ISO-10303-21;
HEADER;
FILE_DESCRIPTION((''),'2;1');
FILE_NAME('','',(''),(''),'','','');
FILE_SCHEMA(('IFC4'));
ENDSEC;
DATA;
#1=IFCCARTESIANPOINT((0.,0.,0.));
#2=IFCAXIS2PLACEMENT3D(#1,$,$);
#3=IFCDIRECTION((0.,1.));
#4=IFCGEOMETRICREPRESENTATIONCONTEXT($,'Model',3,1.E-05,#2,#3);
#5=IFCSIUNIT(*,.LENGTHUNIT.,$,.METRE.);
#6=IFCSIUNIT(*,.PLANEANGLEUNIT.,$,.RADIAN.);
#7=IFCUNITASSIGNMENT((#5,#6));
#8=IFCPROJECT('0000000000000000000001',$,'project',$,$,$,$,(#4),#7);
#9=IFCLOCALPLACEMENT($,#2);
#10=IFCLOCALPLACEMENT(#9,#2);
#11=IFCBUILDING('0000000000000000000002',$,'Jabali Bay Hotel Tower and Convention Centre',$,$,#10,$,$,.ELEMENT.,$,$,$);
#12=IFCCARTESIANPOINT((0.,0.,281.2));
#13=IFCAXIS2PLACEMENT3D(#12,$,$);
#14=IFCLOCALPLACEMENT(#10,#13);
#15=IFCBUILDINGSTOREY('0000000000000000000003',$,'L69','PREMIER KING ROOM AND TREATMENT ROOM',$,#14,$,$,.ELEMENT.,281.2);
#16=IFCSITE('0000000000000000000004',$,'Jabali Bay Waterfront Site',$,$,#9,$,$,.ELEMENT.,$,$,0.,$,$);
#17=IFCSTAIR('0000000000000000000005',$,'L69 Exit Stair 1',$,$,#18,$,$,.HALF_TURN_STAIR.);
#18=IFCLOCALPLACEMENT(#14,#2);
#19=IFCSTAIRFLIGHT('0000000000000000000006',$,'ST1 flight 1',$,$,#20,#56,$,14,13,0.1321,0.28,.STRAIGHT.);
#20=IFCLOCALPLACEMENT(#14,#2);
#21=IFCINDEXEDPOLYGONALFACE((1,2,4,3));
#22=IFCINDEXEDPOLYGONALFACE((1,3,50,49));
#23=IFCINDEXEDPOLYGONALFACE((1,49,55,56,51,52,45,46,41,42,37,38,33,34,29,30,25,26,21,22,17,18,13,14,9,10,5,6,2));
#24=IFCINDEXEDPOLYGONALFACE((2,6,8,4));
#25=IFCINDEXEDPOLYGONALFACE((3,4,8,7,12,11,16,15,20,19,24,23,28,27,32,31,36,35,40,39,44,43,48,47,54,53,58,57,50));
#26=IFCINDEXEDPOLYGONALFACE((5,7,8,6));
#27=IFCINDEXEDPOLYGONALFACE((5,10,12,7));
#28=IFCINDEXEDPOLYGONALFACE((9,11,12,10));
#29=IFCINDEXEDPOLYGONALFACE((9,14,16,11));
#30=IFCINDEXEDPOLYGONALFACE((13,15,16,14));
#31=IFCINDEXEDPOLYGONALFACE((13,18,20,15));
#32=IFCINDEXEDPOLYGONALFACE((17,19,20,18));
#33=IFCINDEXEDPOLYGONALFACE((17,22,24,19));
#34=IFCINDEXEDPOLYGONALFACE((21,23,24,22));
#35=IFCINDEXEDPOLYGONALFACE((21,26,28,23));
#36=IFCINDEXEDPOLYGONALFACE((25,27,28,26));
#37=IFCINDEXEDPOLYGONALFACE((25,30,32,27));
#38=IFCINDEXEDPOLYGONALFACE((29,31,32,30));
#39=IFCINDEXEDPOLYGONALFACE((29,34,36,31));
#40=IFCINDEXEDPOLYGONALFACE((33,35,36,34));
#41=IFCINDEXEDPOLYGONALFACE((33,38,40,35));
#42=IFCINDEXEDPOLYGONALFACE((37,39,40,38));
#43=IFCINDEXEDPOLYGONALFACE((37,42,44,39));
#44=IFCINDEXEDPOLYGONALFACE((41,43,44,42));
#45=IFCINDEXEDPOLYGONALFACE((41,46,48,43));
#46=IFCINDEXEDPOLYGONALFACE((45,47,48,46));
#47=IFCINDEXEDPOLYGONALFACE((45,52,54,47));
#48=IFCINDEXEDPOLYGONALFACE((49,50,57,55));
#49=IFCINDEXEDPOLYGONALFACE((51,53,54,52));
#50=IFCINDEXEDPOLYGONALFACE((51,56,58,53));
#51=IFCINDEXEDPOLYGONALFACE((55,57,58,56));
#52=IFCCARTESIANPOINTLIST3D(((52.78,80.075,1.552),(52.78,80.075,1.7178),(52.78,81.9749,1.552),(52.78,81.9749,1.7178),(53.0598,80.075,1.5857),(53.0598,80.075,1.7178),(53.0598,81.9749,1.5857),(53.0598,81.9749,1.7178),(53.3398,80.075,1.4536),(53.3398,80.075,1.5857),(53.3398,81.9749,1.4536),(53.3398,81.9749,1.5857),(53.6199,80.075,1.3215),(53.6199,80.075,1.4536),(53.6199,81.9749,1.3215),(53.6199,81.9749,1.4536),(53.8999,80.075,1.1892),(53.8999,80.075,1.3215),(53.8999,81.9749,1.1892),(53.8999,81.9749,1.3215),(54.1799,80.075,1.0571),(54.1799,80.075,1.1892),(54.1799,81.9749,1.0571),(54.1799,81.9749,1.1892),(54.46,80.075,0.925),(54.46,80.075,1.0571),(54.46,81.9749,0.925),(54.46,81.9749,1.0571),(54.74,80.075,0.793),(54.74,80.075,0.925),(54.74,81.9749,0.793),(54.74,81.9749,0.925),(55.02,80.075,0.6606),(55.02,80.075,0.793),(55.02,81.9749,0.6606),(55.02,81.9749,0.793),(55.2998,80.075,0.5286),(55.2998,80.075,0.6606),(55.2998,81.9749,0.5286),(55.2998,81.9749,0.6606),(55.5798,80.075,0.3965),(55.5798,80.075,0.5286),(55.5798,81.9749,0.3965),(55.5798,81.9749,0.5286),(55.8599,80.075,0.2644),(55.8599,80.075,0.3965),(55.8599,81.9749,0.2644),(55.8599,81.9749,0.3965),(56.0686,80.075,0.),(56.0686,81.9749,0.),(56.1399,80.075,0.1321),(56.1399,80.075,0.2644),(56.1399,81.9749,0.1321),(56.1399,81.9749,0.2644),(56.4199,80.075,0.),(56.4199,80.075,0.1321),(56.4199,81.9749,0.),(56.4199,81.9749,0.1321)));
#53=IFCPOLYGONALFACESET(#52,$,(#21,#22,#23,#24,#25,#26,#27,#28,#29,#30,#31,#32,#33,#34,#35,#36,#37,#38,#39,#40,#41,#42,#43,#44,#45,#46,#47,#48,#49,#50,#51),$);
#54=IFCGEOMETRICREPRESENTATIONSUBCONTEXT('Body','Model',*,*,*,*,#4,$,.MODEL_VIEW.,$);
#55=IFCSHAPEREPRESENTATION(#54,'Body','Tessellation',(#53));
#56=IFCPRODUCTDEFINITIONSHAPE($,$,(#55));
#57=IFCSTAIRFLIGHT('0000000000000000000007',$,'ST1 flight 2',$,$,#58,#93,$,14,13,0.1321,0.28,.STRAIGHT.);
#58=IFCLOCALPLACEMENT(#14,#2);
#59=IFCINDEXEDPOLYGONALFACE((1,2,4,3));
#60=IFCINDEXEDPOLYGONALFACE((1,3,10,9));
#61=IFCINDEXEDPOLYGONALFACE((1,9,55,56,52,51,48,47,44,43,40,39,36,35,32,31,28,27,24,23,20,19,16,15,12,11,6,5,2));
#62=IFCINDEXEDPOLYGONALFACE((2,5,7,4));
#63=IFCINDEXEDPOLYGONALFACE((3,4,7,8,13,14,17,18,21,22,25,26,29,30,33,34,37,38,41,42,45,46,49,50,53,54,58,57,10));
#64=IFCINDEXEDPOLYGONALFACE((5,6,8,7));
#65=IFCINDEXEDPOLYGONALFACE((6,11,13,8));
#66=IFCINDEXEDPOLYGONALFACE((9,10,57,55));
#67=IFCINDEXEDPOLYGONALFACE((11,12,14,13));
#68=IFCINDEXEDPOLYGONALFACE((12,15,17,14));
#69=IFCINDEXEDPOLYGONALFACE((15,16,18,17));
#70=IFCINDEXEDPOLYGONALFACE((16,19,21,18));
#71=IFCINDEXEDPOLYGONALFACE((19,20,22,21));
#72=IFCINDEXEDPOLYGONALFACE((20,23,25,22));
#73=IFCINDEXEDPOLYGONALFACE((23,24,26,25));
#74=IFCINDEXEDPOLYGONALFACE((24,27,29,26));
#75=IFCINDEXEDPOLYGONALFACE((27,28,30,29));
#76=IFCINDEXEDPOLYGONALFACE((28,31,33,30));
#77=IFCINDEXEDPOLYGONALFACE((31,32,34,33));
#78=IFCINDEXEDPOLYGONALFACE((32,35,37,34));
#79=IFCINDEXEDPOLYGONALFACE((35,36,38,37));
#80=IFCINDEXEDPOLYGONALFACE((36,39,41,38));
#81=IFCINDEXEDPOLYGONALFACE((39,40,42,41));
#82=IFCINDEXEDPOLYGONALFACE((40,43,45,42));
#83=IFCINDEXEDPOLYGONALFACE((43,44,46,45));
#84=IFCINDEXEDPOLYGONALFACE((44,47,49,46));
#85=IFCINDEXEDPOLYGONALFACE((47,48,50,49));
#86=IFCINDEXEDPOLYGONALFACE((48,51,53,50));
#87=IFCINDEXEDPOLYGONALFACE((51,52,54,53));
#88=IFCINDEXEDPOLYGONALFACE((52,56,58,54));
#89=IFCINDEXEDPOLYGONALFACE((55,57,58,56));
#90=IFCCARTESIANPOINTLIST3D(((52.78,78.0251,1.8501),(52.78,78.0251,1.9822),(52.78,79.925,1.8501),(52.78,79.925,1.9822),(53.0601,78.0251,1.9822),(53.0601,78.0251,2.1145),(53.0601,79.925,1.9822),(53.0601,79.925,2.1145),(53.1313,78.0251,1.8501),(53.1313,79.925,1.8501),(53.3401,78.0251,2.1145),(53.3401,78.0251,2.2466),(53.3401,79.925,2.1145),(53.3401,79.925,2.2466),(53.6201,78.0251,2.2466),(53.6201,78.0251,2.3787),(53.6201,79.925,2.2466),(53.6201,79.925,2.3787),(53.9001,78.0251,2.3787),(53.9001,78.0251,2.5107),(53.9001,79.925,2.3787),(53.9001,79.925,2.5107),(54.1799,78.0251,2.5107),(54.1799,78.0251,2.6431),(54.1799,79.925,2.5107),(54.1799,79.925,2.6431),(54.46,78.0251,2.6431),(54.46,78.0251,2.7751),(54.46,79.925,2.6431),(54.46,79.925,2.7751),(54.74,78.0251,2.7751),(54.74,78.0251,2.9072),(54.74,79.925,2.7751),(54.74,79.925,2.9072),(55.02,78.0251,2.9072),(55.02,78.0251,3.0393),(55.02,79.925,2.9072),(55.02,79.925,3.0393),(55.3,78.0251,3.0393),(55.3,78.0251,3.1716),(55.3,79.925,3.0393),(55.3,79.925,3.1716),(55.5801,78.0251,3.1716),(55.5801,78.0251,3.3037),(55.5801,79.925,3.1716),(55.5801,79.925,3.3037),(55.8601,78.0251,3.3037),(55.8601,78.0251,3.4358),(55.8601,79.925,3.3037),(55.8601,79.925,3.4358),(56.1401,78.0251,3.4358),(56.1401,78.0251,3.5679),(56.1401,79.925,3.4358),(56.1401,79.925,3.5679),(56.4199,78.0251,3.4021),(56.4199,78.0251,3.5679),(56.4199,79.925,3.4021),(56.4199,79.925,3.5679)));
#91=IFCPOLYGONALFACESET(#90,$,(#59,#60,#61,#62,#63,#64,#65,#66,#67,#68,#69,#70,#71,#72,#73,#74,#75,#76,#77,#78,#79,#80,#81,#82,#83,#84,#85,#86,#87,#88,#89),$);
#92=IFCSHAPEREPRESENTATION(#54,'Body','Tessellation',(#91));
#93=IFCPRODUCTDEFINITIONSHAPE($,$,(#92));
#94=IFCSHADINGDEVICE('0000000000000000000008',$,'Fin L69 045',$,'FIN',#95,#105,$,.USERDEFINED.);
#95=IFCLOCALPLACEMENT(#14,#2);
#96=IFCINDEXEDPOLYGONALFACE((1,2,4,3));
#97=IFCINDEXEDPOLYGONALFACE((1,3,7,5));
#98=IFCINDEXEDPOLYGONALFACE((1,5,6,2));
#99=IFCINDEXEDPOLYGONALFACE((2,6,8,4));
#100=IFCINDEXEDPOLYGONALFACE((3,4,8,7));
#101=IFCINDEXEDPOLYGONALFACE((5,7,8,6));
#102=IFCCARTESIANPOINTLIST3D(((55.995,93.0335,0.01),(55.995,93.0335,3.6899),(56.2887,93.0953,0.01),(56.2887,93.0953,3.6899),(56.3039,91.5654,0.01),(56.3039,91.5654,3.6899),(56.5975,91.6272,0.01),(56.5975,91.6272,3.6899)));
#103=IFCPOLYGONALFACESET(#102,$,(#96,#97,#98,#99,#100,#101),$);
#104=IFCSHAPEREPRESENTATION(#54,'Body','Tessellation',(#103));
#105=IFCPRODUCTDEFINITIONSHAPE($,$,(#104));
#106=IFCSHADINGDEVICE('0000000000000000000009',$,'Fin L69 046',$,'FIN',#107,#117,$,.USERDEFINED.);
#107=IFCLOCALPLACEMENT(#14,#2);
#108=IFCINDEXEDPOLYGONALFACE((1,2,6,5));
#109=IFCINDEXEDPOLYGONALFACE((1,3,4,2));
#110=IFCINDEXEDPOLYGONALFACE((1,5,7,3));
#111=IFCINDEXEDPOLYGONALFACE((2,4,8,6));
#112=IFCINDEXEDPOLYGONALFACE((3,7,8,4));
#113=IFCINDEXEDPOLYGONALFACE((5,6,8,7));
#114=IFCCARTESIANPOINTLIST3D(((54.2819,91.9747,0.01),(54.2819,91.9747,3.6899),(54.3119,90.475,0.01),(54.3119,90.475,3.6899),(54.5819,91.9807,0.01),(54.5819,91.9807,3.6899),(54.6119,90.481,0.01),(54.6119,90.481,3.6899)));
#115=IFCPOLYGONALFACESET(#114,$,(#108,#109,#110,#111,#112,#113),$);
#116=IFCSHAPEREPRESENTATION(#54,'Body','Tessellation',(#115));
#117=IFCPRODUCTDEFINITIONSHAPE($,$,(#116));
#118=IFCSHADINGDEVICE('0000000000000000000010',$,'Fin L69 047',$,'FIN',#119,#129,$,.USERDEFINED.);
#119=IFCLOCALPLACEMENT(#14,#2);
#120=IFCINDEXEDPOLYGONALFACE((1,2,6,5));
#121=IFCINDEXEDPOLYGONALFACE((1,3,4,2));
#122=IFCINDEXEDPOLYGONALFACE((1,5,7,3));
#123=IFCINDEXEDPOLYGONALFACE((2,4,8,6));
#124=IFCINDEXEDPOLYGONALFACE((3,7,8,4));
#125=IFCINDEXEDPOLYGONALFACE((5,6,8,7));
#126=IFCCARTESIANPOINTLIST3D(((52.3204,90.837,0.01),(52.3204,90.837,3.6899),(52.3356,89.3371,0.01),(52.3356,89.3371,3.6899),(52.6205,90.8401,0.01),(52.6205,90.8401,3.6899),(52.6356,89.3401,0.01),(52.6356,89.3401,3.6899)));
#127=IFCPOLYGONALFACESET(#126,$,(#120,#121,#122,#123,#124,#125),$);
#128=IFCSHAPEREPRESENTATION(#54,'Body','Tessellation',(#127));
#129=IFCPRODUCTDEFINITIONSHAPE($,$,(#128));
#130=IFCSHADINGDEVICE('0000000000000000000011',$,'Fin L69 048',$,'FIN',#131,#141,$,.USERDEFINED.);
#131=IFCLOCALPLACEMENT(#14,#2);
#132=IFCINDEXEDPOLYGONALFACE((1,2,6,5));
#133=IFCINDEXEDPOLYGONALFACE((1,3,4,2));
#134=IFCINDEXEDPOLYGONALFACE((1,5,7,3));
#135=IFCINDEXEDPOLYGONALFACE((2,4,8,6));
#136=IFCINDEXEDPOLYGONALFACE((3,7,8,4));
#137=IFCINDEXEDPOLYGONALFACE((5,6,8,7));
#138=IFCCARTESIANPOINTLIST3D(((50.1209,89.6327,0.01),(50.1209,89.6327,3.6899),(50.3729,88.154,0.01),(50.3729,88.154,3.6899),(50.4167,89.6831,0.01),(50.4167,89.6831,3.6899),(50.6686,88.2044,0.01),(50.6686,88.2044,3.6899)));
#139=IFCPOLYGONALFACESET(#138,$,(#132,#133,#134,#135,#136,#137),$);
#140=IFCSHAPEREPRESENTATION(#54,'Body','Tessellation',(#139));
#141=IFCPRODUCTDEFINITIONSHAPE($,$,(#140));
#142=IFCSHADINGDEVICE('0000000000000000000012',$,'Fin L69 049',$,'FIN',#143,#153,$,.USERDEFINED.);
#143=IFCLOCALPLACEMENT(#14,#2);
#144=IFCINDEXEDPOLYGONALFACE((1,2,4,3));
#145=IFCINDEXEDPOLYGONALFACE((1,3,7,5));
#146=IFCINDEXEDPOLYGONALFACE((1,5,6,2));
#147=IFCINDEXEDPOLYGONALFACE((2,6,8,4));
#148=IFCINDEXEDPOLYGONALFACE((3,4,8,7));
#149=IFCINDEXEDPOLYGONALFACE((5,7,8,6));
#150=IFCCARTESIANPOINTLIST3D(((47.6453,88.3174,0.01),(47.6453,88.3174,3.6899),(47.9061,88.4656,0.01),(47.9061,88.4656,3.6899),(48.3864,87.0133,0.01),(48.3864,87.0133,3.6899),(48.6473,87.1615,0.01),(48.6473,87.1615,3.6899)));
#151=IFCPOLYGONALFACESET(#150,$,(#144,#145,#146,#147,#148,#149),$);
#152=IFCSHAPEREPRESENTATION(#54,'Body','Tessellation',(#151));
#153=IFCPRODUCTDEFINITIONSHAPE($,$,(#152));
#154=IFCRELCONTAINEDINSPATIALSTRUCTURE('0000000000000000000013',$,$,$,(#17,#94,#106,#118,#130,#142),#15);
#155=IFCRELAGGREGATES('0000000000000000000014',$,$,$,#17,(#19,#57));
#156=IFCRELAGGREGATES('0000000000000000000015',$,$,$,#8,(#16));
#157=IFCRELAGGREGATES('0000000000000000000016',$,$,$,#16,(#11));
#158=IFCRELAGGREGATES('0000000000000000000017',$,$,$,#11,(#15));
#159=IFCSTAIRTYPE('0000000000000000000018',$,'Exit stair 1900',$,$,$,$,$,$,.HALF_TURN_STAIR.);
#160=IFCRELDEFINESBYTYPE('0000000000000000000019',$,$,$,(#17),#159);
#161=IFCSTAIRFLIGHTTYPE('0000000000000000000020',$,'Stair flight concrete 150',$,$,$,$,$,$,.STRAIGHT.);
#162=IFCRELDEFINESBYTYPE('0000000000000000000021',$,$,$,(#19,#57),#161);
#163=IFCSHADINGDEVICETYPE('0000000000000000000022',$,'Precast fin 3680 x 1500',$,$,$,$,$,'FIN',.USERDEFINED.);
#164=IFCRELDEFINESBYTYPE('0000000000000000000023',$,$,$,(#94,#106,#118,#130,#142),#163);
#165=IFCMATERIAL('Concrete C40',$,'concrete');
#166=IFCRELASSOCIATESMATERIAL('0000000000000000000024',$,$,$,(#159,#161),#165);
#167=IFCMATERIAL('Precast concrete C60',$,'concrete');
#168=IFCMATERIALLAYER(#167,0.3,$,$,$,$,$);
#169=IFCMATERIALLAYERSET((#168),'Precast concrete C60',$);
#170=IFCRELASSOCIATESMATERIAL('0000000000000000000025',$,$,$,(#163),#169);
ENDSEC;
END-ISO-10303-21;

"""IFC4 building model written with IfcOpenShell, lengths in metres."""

from ifc_helpers import new_model, si_unit, direction, frame, frame_2d, origin, place, context, subcontext, project, spatial, polyline, rectangle, outline, extrude, material, layer, layer_set, type_object, element, aggregate, save


model = new_model("IFC4")

# Units and contexts
model_context = context("Model", 3, precision=1e-05, world=origin(), true_north=direction((0.0, 1.0)))
body_context = subcontext(model_context, "Body", "Model", "MODEL_VIEW")
ifc_project = project(units=[si_unit("LENGTHUNIT", "METRE"), si_unit("PLANEANGLEUNIT", "RADIAN")], contexts=[model_context])

# Site, building, storey
site_placement = place(None, origin())
site = spatial("IfcSite", under=ifc_project, at=site_placement, Name="Jabali Bay Waterfront Site", CompositionType="ELEMENT", RefElevation=0.0)
building_placement = place(site_placement, origin())
building = spatial("IfcBuilding", under=site, at=building_placement, Name="Jabali Bay Hotel Tower and Convention Centre", CompositionType="ELEMENT")
storey_placement = place(building_placement, frame((0.0, 0.0, 281.2)))
storey = spatial("IfcBuildingStorey", under=building, at=storey_placement, Name="L69", Description="PREMIER KING ROOM AND TREATMENT ROOM", CompositionType="ELEMENT", Elevation=281.2)

# Shared definitions
ifc_material_1 = material(Name="Concrete C40", Category="concrete")

# Stair, stair flights
stair_type = type_object("IfcStairType", Name="Exit stair 1900", PredefinedType="HALF_TURN_STAIR", material=ifc_material_1)
stair_placement = place(storey_placement, origin())
stair = element("IfcStair", 1, at=stair_placement, inside=storey, type_object=stair_type, Name="L69 Exit Stair 1", PredefinedType="HALF_TURN_STAIR")
stair_flight_type = type_object("IfcStairFlightType", Name="Stair flight concrete 150", PredefinedType="STRAIGHT", material=ifc_material_1)
stair_flight_1_placement = place(storey_placement, frame((56.4199, 81.0249, 0.0), z_axis=(0.0, 0.0, 1.0), x_axis=(-1.0, 0.0, 0.0)))
stair_flight_1 = element("IfcStairFlight", 2, at=stair_flight_1_placement, type_object=stair_flight_type, Name="ST1 flight 1", NumberOfRisers=14, NumberOfTreads=13, PredefinedType="STRAIGHT", RiserHeight=0.1321, TreadLength=0.28, context=body_context, shape_type="SweptSolid", body=[
    extrude(outline(polyline([(0.0, 0.0), (0.0, 0.1321), (0.28, 0.1321), (0.28, 0.2644), (0.5601, 0.2644), (0.5601, 0.3965), (0.8401, 0.3965), (0.8401, 0.5286), (1.1201, 0.5286), (1.1201, 0.6606), (1.3999, 0.6606), (1.3999, 0.793), (1.6799, 0.793), (1.6799, 0.925), (1.96, 0.925), (1.96, 1.0571), (2.24, 1.0571), (2.24, 1.1892), (2.52, 1.1892), (2.52, 1.3215), (2.8, 1.3215), (2.8, 1.4536), (3.0801, 1.4536), (3.0801, 1.5857), (3.3601, 1.5857), (3.3601, 1.7178), (3.6399, 1.7178), (3.6399, 1.8501), (3.6399, 1.552), (0.3513, 0.0), (0.0, 0.0)])), frame((0.0, 0.95, 0.0), z_axis=(0.0, -1.0, 0.0), x_axis=(1.0, 0.0, 0.0)), (0.0, 0.0, 1.0), 1.8999),
])
stair_flight_2_placement = place(storey_placement, frame((52.78, 78.9751, 1.8501), z_axis=(0.0, 0.0, 1.0), x_axis=(1.0, 0.0, 0.0)))
stair_flight_2 = element("IfcStairFlight", 3, at=stair_flight_2_placement, type_object=stair_flight_type, Name="ST1 flight 2", NumberOfRisers=14, NumberOfTreads=13, PredefinedType="STRAIGHT", RiserHeight=0.1321, TreadLength=0.28, context=body_context, shape_type="SweptSolid", body=[
    extrude(outline(polyline([(0.0, 0.0), (0.0, 0.1321), (0.28, 0.1321), (0.28, 0.2644), (0.5601, 0.2644), (0.5601, 0.3965), (0.8401, 0.3965), (0.8401, 0.5286), (1.1201, 0.5286), (1.1201, 0.6606), (1.3999, 0.6606), (1.3999, 0.793), (1.6799, 0.793), (1.6799, 0.925), (1.96, 0.925), (1.96, 1.0571), (2.24, 1.0571), (2.24, 1.1892), (2.52, 1.1892), (2.52, 1.3215), (2.8, 1.3215), (2.8, 1.4536), (3.0801, 1.4536), (3.0801, 1.5857), (3.3601, 1.5857), (3.3601, 1.7178), (3.6399, 1.7178), (3.6399, 1.8501), (3.6399, 1.552), (0.3513, 0.0), (0.0, 0.0)])), frame((0.0, 0.95, 0.0), z_axis=(0.0, -1.0, 0.0), x_axis=(1.0, 0.0, 0.0)), (0.0, 0.0, 1.0), 1.8999),
])
aggregate(stair, [stair_flight_1, stair_flight_2])

# Shading devices
ifc_material_2 = material(Name="Precast concrete C60", Category="concrete")
ifc_layer_1 = layer(ifc_material_2, 0.3)
ifc_layer_set_1 = layer_set([ifc_layer_1], Name="Precast concrete C60")
shading_device_type = type_object("IfcShadingDeviceType", Name="Precast fin 3680 x 1500", ElementType="FIN", PredefinedType="USERDEFINED", material=ifc_layer_set_1)
shading_device_placement = place(storey_placement, frame((56.4507, 91.5964, 0.01), z_axis=(0.0, 0.0, 1.0), x_axis=(-0.205871, 0.978579, 0.0)))
element("IfcShadingDevice", 4, at=shading_device_placement, inside=storey, type_object=shading_device_type, Name="Fin L69 045", ObjectType="FIN", PredefinedType="USERDEFINED", context=body_context, shape_type="SweptSolid", body=[
    extrude(rectangle(XDim=1.5002, YDim=0.3, at=frame_2d((0.75, 0.0))), origin(), (0.0, 0.0, 1.0), 3.6799),
])
for number, where, z_axis, x_axis, name in (
    (5, (54.4619, 90.478, 0.01), (0.0, 0.0, 1.0), (-0.020019, 0.9998, 0.0), "Fin L69 046"),
    (6, (52.4856, 89.3386, 0.01), (0.0, 0.0, 1.0), (-0.010091, 0.999949, 0.0), "Fin L69 047"),
    (7, (50.5208, 88.1792, 0.01), (0.0, 0.0, 1.0), (-0.167961, 0.985794, 0.0), "Fin L69 048"),
    (8, (48.5168, 87.0874, 0.01), (0.0, 0.0, 1.0), (-0.494104, 0.869403, 0.0), "Fin L69 049"),
):
    element("IfcShadingDevice", number, at=place(storey_placement, frame(where, z_axis=z_axis, x_axis=x_axis)), inside=storey, type_object=shading_device_type, Name=name, ObjectType="FIN", PredefinedType="USERDEFINED", context=body_context, shape_type="SweptSolid", body=[
        extrude(rectangle(XDim=1.5, YDim=0.3, at=frame_2d((0.75, 0.0))), origin(), (0.0, 0.0, 1.0), 3.6799),
    ])

save(model, "model.ifc")
